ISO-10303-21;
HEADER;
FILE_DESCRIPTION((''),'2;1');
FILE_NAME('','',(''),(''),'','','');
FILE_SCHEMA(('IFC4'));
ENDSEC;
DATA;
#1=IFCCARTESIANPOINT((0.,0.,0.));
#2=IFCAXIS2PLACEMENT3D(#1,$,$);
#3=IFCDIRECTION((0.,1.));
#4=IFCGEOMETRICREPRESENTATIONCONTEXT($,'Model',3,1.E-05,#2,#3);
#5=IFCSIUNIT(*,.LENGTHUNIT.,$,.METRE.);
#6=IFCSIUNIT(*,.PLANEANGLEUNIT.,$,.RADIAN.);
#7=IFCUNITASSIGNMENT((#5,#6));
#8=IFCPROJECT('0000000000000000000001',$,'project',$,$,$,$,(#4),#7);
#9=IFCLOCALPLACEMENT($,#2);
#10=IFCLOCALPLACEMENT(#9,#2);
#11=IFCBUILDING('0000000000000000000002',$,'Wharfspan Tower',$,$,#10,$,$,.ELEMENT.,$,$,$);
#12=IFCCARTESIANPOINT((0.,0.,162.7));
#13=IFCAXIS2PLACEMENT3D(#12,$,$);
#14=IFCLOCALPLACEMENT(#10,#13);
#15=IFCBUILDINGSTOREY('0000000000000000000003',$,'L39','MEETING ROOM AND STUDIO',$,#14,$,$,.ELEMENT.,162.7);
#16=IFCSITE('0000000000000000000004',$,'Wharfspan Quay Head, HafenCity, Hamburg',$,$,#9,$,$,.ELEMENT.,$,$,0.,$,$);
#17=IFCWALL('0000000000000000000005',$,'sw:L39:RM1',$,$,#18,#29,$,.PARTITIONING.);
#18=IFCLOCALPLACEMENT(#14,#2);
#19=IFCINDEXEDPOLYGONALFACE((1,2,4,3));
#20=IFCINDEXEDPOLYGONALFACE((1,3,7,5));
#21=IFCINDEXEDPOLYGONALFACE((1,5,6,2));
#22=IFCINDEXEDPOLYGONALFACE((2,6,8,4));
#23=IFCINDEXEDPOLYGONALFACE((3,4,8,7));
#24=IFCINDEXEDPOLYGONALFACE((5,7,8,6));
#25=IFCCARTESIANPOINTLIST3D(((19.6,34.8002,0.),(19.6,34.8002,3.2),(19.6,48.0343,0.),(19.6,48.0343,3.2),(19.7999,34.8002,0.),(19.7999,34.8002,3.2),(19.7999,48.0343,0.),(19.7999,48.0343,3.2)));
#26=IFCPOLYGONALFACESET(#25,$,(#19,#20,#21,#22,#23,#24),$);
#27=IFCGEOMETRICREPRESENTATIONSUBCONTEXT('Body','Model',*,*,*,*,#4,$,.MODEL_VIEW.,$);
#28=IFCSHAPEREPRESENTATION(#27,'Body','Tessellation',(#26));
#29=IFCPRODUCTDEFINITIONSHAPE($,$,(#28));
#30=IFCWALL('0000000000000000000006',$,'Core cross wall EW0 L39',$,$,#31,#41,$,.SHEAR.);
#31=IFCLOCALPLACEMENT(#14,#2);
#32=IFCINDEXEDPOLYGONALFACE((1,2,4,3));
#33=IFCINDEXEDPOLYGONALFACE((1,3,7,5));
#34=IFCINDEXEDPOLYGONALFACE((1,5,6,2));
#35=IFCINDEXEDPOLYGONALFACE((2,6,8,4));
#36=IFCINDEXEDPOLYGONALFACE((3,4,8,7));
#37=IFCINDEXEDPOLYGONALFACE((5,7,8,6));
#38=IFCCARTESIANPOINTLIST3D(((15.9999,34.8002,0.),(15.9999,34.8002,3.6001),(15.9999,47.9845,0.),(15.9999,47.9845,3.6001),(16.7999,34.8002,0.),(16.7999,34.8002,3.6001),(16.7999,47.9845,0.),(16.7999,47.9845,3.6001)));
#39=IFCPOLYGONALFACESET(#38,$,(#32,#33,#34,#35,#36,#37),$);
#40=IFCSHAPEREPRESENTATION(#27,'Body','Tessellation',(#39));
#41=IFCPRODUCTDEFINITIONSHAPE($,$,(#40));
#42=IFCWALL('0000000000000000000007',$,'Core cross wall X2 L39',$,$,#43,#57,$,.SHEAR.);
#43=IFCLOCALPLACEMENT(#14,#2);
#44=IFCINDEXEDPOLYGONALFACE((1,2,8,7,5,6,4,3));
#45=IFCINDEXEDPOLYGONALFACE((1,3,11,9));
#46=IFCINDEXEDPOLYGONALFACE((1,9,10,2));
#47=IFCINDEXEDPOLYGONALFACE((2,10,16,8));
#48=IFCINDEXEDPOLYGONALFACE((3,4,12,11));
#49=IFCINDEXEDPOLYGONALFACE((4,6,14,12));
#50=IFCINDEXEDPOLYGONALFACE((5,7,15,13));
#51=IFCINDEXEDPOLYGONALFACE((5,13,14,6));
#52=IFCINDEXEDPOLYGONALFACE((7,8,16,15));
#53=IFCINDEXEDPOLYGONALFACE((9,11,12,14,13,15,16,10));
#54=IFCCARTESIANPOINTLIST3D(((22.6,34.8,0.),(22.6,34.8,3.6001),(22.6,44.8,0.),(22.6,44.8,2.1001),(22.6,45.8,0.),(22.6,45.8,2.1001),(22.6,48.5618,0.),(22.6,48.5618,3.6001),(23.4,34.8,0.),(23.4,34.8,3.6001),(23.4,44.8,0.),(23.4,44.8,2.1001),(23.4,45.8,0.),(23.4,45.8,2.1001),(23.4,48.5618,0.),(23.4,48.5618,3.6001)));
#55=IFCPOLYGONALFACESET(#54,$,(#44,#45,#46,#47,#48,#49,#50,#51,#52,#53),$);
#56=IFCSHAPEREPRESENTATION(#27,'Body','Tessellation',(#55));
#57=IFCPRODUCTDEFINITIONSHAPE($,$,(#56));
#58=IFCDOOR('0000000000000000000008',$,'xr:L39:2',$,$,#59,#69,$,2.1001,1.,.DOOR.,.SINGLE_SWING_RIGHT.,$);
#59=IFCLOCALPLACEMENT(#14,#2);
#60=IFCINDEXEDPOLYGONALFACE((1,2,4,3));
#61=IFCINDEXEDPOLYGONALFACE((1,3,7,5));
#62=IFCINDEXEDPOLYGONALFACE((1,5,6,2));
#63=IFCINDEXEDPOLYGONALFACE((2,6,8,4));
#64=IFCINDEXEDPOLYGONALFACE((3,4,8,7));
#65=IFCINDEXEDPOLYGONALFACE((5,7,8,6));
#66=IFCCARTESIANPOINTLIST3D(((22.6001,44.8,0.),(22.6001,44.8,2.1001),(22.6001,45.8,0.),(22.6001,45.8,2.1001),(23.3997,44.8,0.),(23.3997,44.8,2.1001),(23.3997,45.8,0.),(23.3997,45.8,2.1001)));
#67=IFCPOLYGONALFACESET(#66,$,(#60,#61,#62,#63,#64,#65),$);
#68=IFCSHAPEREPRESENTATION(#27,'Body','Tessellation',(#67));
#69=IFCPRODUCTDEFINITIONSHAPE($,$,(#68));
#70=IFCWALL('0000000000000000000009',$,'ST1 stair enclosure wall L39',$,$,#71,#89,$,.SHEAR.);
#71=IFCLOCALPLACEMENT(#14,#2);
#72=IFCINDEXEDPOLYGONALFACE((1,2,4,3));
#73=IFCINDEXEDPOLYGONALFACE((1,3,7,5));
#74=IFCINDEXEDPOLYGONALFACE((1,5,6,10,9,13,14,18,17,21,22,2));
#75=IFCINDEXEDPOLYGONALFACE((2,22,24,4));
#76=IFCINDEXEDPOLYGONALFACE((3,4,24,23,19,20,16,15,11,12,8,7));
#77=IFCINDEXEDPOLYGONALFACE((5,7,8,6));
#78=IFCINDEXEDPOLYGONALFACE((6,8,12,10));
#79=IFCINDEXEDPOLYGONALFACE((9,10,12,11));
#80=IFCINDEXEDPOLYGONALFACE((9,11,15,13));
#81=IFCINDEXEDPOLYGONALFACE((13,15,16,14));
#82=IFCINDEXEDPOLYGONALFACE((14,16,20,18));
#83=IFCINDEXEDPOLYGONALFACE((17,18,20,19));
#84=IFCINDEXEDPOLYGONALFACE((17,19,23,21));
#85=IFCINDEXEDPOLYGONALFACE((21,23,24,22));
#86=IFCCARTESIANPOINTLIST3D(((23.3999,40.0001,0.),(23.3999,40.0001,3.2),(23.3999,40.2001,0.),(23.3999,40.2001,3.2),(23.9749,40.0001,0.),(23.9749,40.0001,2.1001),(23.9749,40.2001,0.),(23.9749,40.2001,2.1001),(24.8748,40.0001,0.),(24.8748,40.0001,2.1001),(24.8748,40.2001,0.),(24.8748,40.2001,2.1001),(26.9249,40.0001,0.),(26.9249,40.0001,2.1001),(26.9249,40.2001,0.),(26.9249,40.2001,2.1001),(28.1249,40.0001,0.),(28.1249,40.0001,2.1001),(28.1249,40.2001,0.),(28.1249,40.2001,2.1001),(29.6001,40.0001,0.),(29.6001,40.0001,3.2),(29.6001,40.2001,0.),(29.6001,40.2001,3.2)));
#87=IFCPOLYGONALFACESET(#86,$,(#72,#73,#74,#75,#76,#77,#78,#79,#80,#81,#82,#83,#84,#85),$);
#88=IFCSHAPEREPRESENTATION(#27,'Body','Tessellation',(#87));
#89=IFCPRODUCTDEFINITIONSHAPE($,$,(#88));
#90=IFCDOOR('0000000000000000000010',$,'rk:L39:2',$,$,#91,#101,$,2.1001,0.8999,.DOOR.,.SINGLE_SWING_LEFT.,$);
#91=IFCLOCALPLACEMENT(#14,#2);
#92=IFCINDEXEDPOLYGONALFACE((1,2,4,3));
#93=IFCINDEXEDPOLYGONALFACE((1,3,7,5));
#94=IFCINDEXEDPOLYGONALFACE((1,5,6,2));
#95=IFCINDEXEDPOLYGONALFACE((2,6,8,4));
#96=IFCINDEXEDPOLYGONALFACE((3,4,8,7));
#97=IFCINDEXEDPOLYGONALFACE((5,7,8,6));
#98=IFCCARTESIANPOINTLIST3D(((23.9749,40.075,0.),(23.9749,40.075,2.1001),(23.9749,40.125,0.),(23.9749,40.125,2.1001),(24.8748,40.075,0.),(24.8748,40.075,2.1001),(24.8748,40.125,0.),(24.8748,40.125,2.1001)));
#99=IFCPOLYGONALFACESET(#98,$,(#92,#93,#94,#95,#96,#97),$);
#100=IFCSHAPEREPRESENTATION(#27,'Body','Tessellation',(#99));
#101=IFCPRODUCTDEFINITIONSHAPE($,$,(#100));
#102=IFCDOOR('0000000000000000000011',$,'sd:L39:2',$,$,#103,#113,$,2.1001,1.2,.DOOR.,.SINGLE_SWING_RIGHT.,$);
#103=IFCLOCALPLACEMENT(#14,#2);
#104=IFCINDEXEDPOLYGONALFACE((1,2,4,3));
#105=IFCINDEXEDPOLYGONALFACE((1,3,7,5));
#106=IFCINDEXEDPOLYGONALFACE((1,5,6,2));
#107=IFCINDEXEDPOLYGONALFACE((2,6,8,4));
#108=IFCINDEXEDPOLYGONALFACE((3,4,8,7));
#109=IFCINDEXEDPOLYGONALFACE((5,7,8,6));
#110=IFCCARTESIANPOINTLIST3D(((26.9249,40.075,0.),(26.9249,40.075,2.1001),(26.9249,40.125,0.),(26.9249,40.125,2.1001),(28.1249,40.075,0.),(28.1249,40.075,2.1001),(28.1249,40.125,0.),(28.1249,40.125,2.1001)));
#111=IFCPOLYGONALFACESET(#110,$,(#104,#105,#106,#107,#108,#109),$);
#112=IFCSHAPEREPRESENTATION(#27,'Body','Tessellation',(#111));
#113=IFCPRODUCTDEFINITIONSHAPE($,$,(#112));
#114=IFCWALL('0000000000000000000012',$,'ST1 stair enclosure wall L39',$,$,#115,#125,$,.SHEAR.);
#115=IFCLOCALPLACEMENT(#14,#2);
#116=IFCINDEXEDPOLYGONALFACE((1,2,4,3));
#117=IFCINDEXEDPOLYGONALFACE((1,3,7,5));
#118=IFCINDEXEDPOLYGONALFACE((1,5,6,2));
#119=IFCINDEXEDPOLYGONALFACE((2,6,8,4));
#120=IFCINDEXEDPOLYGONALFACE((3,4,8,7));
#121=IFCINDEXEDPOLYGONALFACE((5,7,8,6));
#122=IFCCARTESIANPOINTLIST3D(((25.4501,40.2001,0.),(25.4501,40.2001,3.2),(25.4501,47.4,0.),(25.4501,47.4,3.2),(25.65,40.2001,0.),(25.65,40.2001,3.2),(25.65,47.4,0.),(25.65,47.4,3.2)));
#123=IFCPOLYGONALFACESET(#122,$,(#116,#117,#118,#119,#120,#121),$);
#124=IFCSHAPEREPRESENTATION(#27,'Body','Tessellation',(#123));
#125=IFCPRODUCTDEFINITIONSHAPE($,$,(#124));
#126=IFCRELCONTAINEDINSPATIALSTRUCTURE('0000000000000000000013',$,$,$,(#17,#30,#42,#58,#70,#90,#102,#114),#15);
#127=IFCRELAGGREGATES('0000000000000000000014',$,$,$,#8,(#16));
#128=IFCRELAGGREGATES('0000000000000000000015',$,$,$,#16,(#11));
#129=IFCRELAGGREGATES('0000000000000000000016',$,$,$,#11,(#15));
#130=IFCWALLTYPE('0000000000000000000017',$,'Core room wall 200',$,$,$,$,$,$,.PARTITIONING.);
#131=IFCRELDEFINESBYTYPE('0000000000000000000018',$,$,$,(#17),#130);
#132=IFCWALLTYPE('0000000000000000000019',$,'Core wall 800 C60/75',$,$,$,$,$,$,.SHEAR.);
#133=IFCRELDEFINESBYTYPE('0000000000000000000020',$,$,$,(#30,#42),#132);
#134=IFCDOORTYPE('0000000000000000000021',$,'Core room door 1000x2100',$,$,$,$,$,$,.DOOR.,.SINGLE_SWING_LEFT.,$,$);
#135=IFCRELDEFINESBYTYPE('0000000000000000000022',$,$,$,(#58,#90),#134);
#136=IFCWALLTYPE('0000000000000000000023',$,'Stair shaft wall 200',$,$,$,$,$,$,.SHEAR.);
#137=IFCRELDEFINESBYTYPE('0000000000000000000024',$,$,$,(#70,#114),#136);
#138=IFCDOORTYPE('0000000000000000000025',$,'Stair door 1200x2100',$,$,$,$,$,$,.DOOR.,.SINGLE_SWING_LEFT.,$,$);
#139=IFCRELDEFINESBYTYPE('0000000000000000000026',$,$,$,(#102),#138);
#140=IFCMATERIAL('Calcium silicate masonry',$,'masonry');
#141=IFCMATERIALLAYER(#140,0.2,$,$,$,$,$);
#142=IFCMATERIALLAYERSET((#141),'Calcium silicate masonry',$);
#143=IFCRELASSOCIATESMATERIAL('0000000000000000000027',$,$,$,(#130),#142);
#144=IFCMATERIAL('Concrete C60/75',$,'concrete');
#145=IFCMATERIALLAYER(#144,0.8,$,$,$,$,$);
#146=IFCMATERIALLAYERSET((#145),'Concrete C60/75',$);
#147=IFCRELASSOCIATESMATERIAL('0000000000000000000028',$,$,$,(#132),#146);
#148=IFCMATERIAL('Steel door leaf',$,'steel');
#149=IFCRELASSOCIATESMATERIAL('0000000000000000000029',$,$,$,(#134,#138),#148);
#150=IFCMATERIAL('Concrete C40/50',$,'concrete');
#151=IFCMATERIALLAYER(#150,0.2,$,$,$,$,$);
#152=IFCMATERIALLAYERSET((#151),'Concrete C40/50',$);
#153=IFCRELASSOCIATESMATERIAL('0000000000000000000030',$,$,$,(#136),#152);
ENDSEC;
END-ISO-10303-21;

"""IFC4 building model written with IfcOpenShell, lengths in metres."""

from ifc_helpers import new_model, si_unit, direction, frame, frame_2d, origin, place, context, subcontext, project, spatial, rectangle, extrude, material, layer, layer_set, type_object, element, fill, save


model = new_model("IFC4")

# Units and contexts
model_context = context("Model", 3, precision=1e-05, world=origin(), true_north=direction((0.0, 1.0)))
body_context = subcontext(model_context, "Body", "Model", "MODEL_VIEW")
ifc_project = project(units=[si_unit("LENGTHUNIT", "METRE"), si_unit("PLANEANGLEUNIT", "RADIAN")], contexts=[model_context])

# Site, building, storey
site_placement = place(None, origin())
site = spatial("IfcSite", under=ifc_project, at=site_placement, Name="Wharfspan Quay Head, HafenCity, Hamburg", CompositionType="ELEMENT", RefElevation=0.0)
building_placement = place(site_placement, origin())
building = spatial("IfcBuilding", under=site, at=building_placement, Name="Wharfspan Tower", CompositionType="ELEMENT")
storey_placement = place(building_placement, frame((0.0, 0.0, 162.7)))
storey = spatial("IfcBuildingStorey", under=building, at=storey_placement, Name="L39", Description="MEETING ROOM AND STUDIO", CompositionType="ELEMENT", Elevation=162.7)

# Wall
ifc_material_1 = material(Name="Calcium silicate masonry", Category="masonry")
ifc_layer_1 = layer(ifc_material_1, 0.2)
ifc_layer_set_1 = layer_set([ifc_layer_1], Name="Calcium silicate masonry")
wall_type_1 = type_object("IfcWallType", Name="Core room wall 200", PredefinedType="PARTITIONING", material=ifc_layer_set_1)
wall_1_placement = place(storey_placement, frame((19.7, 34.8, 0.0), z_axis=(0.0, 0.0, 1.0), x_axis=(0.0, 1.0, 0.0)))
element("IfcWall", 1, at=wall_1_placement, inside=storey, type_object=wall_type_1, Name="sw:L39:RM1", PredefinedType="PARTITIONING", context=body_context, shape_type="SweptSolid", body=[
    extrude(rectangle(XDim=13.2341, YDim=0.2, at=frame_2d((6.6172, 0.0))), origin(), (0.0, 0.0, 1.0), 3.2),
])

# Shared definitions
ifc_material_2 = material(Name="Concrete C60/75", Category="concrete")
ifc_layer_2 = layer(ifc_material_2, 0.8)
ifc_layer_set_2 = layer_set([ifc_layer_2], Name="Concrete C60/75")
wall_type_2 = type_object("IfcWallType", Name="Core wall 800 C60/75", PredefinedType="SHEAR", material=ifc_layer_set_2)
ifc_material_3 = material(Name="Steel door leaf", Category="steel")
door_type_1 = type_object("IfcDoorType", Name="Core room door 1000x2100", OperationType="SINGLE_SWING_LEFT", PredefinedType="DOOR", material=ifc_material_3)
door_type_2 = type_object("IfcDoorType", Name="Stair door 1200x2100", OperationType="SINGLE_SWING_LEFT", PredefinedType="DOOR", material=ifc_material_3)

# Wall
wall_2_placement = place(storey_placement, frame((16.3999, 34.8, 0.0), z_axis=(0.0, 0.0, 1.0), x_axis=(0.0, 1.0, 0.0)))
element("IfcWall", 2, at=wall_2_placement, inside=storey, type_object=wall_type_2, Name="Core cross wall EW0 L39", PredefinedType="SHEAR", context=body_context, shape_type="SweptSolid", body=[
    extrude(rectangle(XDim=13.1843, YDim=0.8, at=frame_2d((6.5923, 0.0))), origin(), (0.0, 0.0, 1.0), 3.6001),
])

# Wall, opening, door
wall_3_placement = place(storey_placement, frame((23.0, 34.8, 0.0), z_axis=(0.0, 0.0, 1.0), x_axis=(0.0, 1.0, 0.0)))
wall_3 = element("IfcWall", 3, at=wall_3_placement, inside=storey, type_object=wall_type_2, Name="Core cross wall X2 L39", PredefinedType="SHEAR", context=body_context, shape_type="SweptSolid", body=[
    extrude(rectangle(XDim=13.7617, YDim=0.8, at=frame_2d((6.8809, 0.0))), origin(), (0.0, 0.0, 1.0), 3.6001),
])
opening_1_placement = place(wall_3_placement, frame((10.0, 0.0, 0.0)))
opening_1 = element("IfcOpeningElement", 4, at=opening_1_placement, cuts=wall_3, PredefinedType="OPENING", context=body_context, shape_type="SweptSolid", body=[
    extrude(rectangle(XDim=1.0, YDim=2.1001, at=frame_2d((0.5, 1.05))), frame((0.0, 0.4099, 0.0), z_axis=(0.0, -1.0, 0.0), x_axis=(1.0, 0.0, 0.0)), (0.0, 0.0, 1.0), 0.8201),
])
door_1_placement = place(opening_1_placement, origin())
door_1 = element("IfcDoor", 5, at=door_1_placement, inside=storey, type_object=door_type_1, Name="xr:L39:2", OperationType="SINGLE_SWING_RIGHT", OverallHeight=2.1001, OverallWidth=1.0, PredefinedType="DOOR", context=body_context, shape_type="SweptSolid", body=[
    extrude(rectangle(XDim=1.0, YDim=2.1001, at=frame_2d((0.5, 1.05))), frame((0.0, 0.3999, 0.0), z_axis=(0.0, -1.0, 0.0), x_axis=(1.0, 0.0, 0.0)), (0.0, 0.0, 1.0), 0.7996),
])
fill(opening_1, door_1)

# Wall, openings, doors
ifc_material_4 = material(Name="Concrete C40/50", Category="concrete")
ifc_layer_3 = layer(ifc_material_4, 0.2)
ifc_layer_set_3 = layer_set([ifc_layer_3], Name="Concrete C40/50")
wall_type_3 = type_object("IfcWallType", Name="Stair shaft wall 200", PredefinedType="SHEAR", material=ifc_layer_set_3)
wall_4_placement = place(storey_placement, frame((23.3999, 40.1001, 0.0), z_axis=(0.0, 0.0, 1.0), x_axis=(1.0, 0.0, 0.0)))
wall_4 = element("IfcWall", 6, at=wall_4_placement, inside=storey, type_object=wall_type_3, Name="ST1 stair enclosure wall L39", PredefinedType="SHEAR", context=body_context, shape_type="SweptSolid", body=[
    extrude(rectangle(XDim=6.2002, YDim=0.2, at=frame_2d((3.1001, 0.0))), origin(), (0.0, 0.0, 1.0), 3.2),
])
opening_2_placement = place(wall_4_placement, frame((3.5249, 0.0, 0.0)))
opening_2 = element("IfcOpeningElement", 7, at=opening_2_placement, cuts=wall_4, PredefinedType="OPENING", context=body_context, shape_type="SweptSolid", body=[
    extrude(rectangle(XDim=1.2, YDim=2.1001, at=frame_2d((0.6001, 1.05))), frame((0.0, 0.1099, 0.0), z_axis=(0.0, -1.0, 0.0), x_axis=(1.0, 0.0, 0.0)), (0.0, 0.0, 1.0), 0.22),
])
opening_3_placement = place(wall_4_placement, frame((0.575, 0.0, 0.0)))
opening_3 = element("IfcOpeningElement", 8, at=opening_3_placement, cuts=wall_4, PredefinedType="OPENING", context=body_context, shape_type="SweptSolid", body=[
    extrude(rectangle(XDim=0.8999, YDim=2.1001, at=frame_2d((0.45, 1.05))), frame((0.0, 0.1099, 0.0), z_axis=(0.0, -1.0, 0.0), x_axis=(1.0, 0.0, 0.0)), (0.0, 0.0, 1.0), 0.22),
])
door_2_placement = place(opening_3_placement, origin())
door_2 = element("IfcDoor", 9, at=door_2_placement, inside=storey, type_object=door_type_1, Name="rk:L39:2", OperationType="SINGLE_SWING_LEFT", OverallHeight=2.1001, OverallWidth=0.8999, PredefinedType="DOOR", context=body_context, shape_type="SweptSolid", body=[
    extrude(rectangle(XDim=0.8999, YDim=2.1001, at=frame_2d((0.45, 1.05))), frame((0.0, 0.0249, 0.0), z_axis=(0.0, -1.0, 0.0), x_axis=(1.0, 0.0, 0.0)), (0.0, 0.0, 1.0), 0.05),
])
fill(opening_3, door_2)
door_3_placement = place(opening_2_placement, origin())
door_3 = element("IfcDoor", 10, at=door_3_placement, inside=storey, type_object=door_type_2, Name="sd:L39:2", OperationType="SINGLE_SWING_RIGHT", OverallHeight=2.1001, OverallWidth=1.2, PredefinedType="DOOR", context=body_context, shape_type="SweptSolid", body=[
    extrude(rectangle(XDim=1.2, YDim=2.1001, at=frame_2d((0.6001, 1.05))), frame((0.0, 0.0249, 0.0), z_axis=(0.0, -1.0, 0.0), x_axis=(1.0, 0.0, 0.0)), (0.0, 0.0, 1.0), 0.05),
])
fill(opening_2, door_3)

# Wall
wall_5_placement = place(storey_placement, frame((25.55, 40.2, 0.0), z_axis=(0.0, 0.0, 1.0), x_axis=(0.0, 1.0, 0.0)))
element("IfcWall", 11, at=wall_5_placement, inside=storey, type_object=wall_type_3, Name="ST1 stair enclosure wall L39", PredefinedType="SHEAR", context=body_context, shape_type="SweptSolid", body=[
    extrude(rectangle(XDim=7.2, YDim=0.2, at=frame_2d((3.6001, 0.0))), origin(), (0.0, 0.0, 1.0), 3.2),
])

save(model, "model.ifc")
